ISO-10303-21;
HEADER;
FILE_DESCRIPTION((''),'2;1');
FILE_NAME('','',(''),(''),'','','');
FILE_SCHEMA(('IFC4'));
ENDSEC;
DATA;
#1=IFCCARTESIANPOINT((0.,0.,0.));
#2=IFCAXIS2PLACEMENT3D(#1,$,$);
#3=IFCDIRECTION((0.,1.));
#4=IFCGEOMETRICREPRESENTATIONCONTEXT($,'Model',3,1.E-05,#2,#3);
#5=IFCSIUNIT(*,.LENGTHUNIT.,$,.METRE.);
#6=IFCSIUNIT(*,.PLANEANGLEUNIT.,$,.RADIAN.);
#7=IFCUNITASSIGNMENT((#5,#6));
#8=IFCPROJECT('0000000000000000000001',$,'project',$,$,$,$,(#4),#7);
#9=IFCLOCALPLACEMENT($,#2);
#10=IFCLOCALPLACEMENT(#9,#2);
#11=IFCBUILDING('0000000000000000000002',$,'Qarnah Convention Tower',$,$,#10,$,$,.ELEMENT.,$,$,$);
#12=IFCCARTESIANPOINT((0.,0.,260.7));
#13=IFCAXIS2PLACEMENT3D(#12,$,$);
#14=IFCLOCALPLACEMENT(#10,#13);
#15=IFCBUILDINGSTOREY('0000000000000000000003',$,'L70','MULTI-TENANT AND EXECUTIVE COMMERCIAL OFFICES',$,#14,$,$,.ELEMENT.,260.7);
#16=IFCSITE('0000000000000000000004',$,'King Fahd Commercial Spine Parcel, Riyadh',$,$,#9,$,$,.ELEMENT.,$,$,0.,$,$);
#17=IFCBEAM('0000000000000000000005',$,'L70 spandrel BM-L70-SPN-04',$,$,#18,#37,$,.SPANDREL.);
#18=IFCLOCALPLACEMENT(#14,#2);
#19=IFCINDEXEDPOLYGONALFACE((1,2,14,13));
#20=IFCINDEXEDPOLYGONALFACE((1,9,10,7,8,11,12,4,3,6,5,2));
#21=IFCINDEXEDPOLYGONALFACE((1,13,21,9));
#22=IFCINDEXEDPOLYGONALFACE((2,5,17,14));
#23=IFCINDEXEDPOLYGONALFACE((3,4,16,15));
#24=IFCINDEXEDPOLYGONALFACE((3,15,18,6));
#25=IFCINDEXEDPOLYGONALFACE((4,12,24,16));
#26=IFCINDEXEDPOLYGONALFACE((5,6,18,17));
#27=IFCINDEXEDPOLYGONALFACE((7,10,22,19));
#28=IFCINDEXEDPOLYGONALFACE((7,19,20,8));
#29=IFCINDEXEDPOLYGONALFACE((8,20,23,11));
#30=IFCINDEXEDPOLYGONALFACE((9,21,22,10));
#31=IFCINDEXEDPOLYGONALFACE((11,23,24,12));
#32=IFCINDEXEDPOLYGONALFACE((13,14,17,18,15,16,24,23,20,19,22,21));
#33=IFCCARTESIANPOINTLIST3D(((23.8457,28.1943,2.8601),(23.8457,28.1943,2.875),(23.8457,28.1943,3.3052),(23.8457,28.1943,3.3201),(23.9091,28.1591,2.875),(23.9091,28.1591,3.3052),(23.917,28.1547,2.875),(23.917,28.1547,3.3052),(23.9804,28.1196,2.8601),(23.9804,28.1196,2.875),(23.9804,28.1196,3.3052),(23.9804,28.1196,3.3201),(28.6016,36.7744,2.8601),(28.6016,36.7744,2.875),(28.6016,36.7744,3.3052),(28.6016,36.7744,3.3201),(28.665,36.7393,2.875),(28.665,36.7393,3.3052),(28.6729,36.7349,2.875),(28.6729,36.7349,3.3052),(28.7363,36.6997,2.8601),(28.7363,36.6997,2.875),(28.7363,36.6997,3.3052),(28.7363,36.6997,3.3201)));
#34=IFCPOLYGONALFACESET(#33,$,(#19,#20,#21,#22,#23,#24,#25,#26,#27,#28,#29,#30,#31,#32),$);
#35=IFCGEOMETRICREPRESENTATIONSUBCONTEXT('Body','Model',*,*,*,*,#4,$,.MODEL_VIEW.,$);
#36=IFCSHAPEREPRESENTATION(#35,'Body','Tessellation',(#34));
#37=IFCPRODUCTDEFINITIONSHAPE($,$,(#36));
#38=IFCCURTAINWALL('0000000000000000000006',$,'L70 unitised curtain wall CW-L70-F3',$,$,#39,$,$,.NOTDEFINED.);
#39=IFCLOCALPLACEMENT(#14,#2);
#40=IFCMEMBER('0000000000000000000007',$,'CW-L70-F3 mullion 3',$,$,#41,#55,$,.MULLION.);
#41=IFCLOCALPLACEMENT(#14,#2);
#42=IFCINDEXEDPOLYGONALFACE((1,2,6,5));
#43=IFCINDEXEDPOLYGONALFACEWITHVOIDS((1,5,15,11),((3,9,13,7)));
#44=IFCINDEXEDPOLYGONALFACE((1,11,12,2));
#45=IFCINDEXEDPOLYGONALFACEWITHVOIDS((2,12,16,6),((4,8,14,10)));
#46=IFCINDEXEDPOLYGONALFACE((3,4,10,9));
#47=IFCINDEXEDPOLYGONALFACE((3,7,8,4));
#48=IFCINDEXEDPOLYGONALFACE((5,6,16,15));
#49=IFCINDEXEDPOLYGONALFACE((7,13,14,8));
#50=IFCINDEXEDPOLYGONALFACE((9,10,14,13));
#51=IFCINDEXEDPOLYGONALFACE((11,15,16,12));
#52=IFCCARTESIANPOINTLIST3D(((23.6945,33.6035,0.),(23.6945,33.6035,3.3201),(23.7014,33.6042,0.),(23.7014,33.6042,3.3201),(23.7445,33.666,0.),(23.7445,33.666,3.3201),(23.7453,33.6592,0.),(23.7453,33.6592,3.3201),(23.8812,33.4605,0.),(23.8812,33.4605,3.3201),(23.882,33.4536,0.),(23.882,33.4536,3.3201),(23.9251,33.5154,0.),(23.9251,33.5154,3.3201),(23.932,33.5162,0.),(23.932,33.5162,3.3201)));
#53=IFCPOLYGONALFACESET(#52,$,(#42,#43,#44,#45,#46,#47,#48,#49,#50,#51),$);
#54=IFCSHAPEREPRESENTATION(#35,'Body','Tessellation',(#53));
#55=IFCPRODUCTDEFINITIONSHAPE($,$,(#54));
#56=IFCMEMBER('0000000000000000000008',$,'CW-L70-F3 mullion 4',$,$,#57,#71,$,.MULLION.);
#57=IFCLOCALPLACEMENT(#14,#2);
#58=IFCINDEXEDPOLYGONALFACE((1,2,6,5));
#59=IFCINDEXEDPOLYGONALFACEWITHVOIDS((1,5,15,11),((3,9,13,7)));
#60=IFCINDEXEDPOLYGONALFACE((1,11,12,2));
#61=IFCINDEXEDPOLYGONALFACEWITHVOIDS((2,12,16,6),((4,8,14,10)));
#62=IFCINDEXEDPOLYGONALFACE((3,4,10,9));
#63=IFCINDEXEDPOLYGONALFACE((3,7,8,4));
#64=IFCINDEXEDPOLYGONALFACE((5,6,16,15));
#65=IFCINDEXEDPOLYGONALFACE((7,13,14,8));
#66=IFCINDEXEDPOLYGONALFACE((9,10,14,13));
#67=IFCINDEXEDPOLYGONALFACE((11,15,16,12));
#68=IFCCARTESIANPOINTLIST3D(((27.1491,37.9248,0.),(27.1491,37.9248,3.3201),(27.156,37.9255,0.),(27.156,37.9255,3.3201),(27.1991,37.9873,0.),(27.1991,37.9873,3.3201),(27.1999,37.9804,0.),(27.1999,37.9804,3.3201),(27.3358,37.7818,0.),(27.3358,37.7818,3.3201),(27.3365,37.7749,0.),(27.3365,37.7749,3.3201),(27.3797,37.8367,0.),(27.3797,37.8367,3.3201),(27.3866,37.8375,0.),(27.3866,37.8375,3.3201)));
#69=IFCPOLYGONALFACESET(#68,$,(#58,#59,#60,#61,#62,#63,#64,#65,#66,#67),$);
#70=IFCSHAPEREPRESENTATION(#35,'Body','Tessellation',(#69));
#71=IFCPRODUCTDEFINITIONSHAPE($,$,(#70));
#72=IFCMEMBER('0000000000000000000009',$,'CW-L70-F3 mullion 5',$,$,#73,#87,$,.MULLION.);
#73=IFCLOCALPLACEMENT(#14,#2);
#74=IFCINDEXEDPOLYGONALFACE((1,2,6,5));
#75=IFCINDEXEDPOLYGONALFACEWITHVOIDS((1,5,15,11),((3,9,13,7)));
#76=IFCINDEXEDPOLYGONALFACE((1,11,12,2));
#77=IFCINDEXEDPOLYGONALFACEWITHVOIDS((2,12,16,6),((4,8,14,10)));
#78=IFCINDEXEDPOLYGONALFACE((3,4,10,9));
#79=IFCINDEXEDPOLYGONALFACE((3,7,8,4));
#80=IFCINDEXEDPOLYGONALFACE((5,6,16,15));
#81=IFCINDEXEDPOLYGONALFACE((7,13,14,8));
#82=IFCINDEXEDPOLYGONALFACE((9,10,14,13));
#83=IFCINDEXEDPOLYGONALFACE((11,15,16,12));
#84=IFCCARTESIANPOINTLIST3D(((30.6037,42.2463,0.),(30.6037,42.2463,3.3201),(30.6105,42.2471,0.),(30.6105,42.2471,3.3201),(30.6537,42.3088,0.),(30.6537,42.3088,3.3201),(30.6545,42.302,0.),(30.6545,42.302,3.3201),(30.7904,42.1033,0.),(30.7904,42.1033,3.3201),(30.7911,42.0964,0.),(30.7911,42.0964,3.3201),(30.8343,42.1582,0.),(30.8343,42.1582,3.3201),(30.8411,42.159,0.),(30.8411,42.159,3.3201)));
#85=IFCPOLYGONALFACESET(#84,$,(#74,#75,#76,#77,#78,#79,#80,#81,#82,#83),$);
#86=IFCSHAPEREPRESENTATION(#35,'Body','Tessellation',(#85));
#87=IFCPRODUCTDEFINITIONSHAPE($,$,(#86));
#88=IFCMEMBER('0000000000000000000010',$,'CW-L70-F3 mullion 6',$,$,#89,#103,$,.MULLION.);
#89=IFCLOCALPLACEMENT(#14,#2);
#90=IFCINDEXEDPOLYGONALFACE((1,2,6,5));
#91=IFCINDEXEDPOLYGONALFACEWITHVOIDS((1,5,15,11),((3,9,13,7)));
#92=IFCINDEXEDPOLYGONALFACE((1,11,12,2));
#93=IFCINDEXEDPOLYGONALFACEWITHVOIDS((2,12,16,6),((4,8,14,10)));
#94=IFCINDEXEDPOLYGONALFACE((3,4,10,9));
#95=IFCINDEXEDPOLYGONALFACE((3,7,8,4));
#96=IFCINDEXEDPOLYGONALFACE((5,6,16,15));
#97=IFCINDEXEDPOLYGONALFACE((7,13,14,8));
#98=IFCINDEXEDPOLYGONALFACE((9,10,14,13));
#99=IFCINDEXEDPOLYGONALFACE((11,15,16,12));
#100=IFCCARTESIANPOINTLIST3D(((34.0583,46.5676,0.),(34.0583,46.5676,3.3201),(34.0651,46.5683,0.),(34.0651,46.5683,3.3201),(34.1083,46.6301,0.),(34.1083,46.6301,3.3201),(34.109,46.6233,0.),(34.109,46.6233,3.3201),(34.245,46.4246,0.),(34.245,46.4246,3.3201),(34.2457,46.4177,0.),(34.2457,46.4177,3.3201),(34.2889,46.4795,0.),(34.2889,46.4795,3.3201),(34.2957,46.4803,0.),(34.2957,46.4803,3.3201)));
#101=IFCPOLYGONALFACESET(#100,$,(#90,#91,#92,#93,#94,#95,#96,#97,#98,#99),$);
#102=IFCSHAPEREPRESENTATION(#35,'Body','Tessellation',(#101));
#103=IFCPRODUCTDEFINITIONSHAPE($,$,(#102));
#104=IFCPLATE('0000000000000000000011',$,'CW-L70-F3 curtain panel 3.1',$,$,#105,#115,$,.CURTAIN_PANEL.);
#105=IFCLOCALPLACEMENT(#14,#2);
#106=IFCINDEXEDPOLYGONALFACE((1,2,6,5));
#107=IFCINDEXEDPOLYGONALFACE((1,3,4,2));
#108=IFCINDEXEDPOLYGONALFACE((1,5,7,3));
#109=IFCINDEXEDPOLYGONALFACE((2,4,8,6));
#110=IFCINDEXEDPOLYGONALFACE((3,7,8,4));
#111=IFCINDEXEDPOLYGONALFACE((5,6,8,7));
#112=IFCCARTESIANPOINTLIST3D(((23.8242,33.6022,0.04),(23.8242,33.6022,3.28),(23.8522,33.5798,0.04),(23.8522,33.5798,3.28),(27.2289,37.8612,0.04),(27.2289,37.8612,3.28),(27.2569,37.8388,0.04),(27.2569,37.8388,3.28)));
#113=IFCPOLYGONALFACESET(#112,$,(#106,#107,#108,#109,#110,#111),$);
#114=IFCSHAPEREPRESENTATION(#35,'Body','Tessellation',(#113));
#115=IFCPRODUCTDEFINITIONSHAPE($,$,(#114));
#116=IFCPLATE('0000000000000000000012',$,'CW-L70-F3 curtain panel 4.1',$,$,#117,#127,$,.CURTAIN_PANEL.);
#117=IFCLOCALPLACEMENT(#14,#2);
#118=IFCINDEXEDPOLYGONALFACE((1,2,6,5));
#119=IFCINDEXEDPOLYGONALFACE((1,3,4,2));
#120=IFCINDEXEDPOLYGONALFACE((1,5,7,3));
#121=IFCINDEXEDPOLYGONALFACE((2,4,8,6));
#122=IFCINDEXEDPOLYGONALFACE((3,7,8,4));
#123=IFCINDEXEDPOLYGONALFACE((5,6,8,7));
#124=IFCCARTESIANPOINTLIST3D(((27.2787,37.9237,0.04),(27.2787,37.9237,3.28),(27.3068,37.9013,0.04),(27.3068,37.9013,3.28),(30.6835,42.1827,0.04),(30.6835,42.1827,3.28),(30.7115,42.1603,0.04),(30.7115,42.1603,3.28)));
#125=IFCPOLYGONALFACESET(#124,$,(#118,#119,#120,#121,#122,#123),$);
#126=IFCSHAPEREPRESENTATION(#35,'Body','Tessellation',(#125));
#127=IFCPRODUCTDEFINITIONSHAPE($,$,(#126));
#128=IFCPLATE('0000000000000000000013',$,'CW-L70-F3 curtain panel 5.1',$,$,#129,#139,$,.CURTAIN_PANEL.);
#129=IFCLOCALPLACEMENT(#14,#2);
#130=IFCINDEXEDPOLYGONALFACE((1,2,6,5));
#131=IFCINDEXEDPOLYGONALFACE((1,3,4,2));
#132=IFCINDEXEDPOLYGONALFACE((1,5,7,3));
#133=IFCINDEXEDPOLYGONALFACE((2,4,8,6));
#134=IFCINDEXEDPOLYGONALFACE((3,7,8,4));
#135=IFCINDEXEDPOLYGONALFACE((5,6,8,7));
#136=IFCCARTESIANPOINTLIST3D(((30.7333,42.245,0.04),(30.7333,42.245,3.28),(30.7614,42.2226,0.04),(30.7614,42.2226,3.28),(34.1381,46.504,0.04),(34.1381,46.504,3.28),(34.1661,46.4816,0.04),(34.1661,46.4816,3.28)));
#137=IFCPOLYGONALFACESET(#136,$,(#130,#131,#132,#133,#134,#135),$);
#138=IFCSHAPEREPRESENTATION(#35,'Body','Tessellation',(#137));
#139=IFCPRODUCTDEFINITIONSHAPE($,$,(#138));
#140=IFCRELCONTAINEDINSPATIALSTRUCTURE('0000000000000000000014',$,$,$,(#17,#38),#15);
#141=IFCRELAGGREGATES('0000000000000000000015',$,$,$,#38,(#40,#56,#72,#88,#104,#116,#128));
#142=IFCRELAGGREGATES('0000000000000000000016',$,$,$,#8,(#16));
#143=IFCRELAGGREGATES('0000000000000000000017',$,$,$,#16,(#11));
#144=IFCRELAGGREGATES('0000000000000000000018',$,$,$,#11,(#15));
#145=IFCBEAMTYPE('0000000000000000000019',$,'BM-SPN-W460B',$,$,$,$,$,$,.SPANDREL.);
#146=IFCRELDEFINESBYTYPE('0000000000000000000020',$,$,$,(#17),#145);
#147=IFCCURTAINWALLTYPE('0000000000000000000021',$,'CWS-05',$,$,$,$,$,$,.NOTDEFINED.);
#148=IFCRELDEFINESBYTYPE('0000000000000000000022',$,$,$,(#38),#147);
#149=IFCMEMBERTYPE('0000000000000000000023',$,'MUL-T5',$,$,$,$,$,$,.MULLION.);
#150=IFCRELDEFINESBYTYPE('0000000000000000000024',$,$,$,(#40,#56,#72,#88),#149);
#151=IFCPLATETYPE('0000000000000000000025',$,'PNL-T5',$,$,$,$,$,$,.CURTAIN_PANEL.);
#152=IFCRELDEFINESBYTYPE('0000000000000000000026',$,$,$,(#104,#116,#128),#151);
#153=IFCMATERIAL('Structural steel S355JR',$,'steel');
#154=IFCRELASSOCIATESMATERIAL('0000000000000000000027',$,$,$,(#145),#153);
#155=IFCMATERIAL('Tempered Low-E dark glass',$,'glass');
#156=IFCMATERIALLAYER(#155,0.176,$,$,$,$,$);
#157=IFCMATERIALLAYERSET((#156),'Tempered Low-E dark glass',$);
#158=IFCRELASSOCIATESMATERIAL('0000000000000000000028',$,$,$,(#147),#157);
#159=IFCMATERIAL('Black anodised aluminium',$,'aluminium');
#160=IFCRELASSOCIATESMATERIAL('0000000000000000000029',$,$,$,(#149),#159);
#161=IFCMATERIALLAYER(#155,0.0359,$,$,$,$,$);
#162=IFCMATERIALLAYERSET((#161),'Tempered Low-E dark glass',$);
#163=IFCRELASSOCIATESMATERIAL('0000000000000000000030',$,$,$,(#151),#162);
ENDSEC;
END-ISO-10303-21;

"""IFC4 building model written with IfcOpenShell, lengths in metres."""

from ifc_helpers import new_model, si_unit, direction, frame, origin, origin_2d, place, context, subcontext, project, spatial, rectangle, hollow_rectangle, i_section, extrude, material, layer, layer_set, material_profile, profile_set, type_object, element, aggregate, save


model = new_model("IFC4")

# Units and contexts
model_context = context("Model", 3, precision=1e-05, world=origin(), true_north=direction((0.0, 1.0)))
body_context = subcontext(model_context, "Body", "Model", "MODEL_VIEW")
ifc_project = project(units=[si_unit("LENGTHUNIT", "METRE"), si_unit("PLANEANGLEUNIT", "RADIAN")], contexts=[model_context])

# Site, building, storey
site_placement = place(None, origin())
site = spatial("IfcSite", under=ifc_project, at=site_placement, Name="King Fahd Commercial Spine Parcel, Riyadh", CompositionType="ELEMENT", RefElevation=0.0)
building_placement = place(site_placement, origin())
building = spatial("IfcBuilding", under=site, at=building_placement, Name="Qarnah Convention Tower", CompositionType="ELEMENT")
storey_placement = place(building_placement, frame((0.0, 0.0, 260.7)))
storey = spatial("IfcBuildingStorey", under=building, at=storey_placement, Name="L70", Description="MULTI-TENANT AND EXECUTIVE COMMERCIAL OFFICES", CompositionType="ELEMENT", Elevation=260.7)

# Beam
ifc_material_1 = material(Name="Structural steel S355JR", Category="steel")
ifc_material_profile_1 = material_profile(ifc_material_1, i_section(OverallWidth=0.1541, OverallDepth=0.46, WebThickness=0.009, FlangeThickness=0.0149, at=origin_2d()), Name="W460X68")
ifc_profile_set_1 = profile_set([ifc_material_profile_1], Name="Structural steel S355JR")
beam_type_1 = type_object("IfcBeamType", Name="BM-SPN-W460B", PredefinedType="SPANDREL", material=ifc_profile_set_1)
beam_1_placement = place(storey_placement, frame((28.6689, 36.7371, 3.0901), z_axis=(-0.484797, -0.874626, 0.0), x_axis=(0.874626, -0.484797, 0.0)))
element("IfcBeam", 1, at=beam_1_placement, inside=storey, type_object=beam_type_1, Name="L70 spandrel BM-L70-SPN-04", PredefinedType="SPANDREL", context=body_context, shape_type="SweptSolid", body=[
    extrude(i_section(OverallWidth=0.1541, OverallDepth=0.46, WebThickness=0.009, FlangeThickness=0.0149, at=origin_2d()), origin(), (0.0, 0.0, 1.0), 9.8101),
])

# Curtain wall, members, plates
ifc_material_2 = material(Name="Tempered Low-E dark glass", Category="glass")
ifc_layer_1 = layer(ifc_material_2, 0.176)
ifc_layer_set_1 = layer_set([ifc_layer_1], Name="Tempered Low-E dark glass")
curtain_wall_type = type_object("IfcCurtainWallType", Name="CWS-05", PredefinedType="NOTDEFINED", material=ifc_layer_set_1)
curtain_wall_placement = place(storey_placement, origin())
curtain_wall = element("IfcCurtainWall", 2, at=curtain_wall_placement, inside=storey, type_object=curtain_wall_type, Name="L70 unitised curtain wall CW-L70-F3", PredefinedType="NOTDEFINED")
ifc_material_3 = material(Name="Black anodised aluminium", Category="aluminium")
ifc_material_profile_2 = material_profile(ifc_material_3, hollow_rectangle(XDim=0.0801, YDim=0.24, WallThickness=0.0049, at=origin_2d()), Name="MUL-80X240")
ifc_profile_set_2 = profile_set([ifc_material_profile_2], Name="Black anodised aluminium")
member_type = type_object("IfcMemberType", Name="MUL-T5", PredefinedType="MULLION", material=ifc_profile_set_2)
member_1_placement = place(storey_placement, frame((23.8132, 33.5598, 0.0), z_axis=(0.0, 0.0, 1.0), x_axis=(0.624417, 0.781091, 0.0)))
member_1 = element("IfcMember", 3, at=member_1_placement, type_object=member_type, Name="CW-L70-F3 mullion 3", PredefinedType="MULLION", context=body_context, shape_type="SweptSolid", body=[
    extrude(hollow_rectangle(XDim=0.0801, YDim=0.24, WallThickness=0.0049, at=origin_2d()), origin(), (0.0, 0.0, 1.0), 3.3201),
])
member_2_placement = place(storey_placement, frame((27.2678, 37.8811, 0.0), z_axis=(0.0, 0.0, 1.0), x_axis=(0.624417, 0.781091, 0.0)))
member_2 = element("IfcMember", 4, at=member_2_placement, type_object=member_type, Name="CW-L70-F3 mullion 4", PredefinedType="MULLION", context=body_context, shape_type="SweptSolid", body=[
    extrude(hollow_rectangle(XDim=0.0801, YDim=0.24, WallThickness=0.0049, at=origin_2d()), origin(), (0.0, 0.0, 1.0), 3.3201),
])
member_3_placement = place(storey_placement, frame((30.7224, 42.2026, 0.0), z_axis=(0.0, 0.0, 1.0), x_axis=(0.624417, 0.781091, 0.0)))
member_3 = element("IfcMember", 5, at=member_3_placement, type_object=member_type, Name="CW-L70-F3 mullion 5", PredefinedType="MULLION", context=body_context, shape_type="SweptSolid", body=[
    extrude(hollow_rectangle(XDim=0.0801, YDim=0.24, WallThickness=0.0049, at=origin_2d()), origin(), (0.0, 0.0, 1.0), 3.3201),
])
member_4_placement = place(storey_placement, frame((34.177, 46.5239, 0.0), z_axis=(0.0, 0.0, 1.0), x_axis=(0.624417, 0.781091, 0.0)))
member_4 = element("IfcMember", 6, at=member_4_placement, type_object=member_type, Name="CW-L70-F3 mullion 6", PredefinedType="MULLION", context=body_context, shape_type="SweptSolid", body=[
    extrude(hollow_rectangle(XDim=0.0801, YDim=0.24, WallThickness=0.0049, at=origin_2d()), origin(), (0.0, 0.0, 1.0), 3.3201),
])
ifc_layer_2 = layer(ifc_material_2, 0.0359)
ifc_layer_set_2 = layer_set([ifc_layer_2], Name="Tempered Low-E dark glass")
plate_type = type_object("IfcPlateType", Name="PNL-T5", PredefinedType="CURTAIN_PANEL", material=ifc_layer_set_2)
plate_1_placement = place(storey_placement, frame((25.5405, 35.7205, 0.04), z_axis=(0.0, 0.0, 1.0), x_axis=(0.624417, 0.781091, 0.0)))
plate_1 = element("IfcPlate", 7, at=plate_1_placement, type_object=plate_type, Name="CW-L70-F3 curtain panel 3.1", PredefinedType="CURTAIN_PANEL", context=body_context, shape_type="SweptSolid", body=[
    extrude(rectangle(XDim=5.4526, YDim=0.0359, at=origin_2d()), origin(), (0.0, 0.0, 1.0), 3.24),
])
plate_2_placement = place(storey_placement, frame((28.9951, 40.042, 0.04), z_axis=(0.0, 0.0, 1.0), x_axis=(0.624417, 0.781091, 0.0)))
plate_2 = element("IfcPlate", 8, at=plate_2_placement, type_object=plate_type, Name="CW-L70-F3 curtain panel 4.1", PredefinedType="CURTAIN_PANEL", context=body_context, shape_type="SweptSolid", body=[
    extrude(rectangle(XDim=5.4526, YDim=0.0359, at=origin_2d()), origin(), (0.0, 0.0, 1.0), 3.24),
])
plate_3_placement = place(storey_placement, frame((32.4497, 44.3633, 0.04), z_axis=(0.0, 0.0, 1.0), x_axis=(0.624417, 0.781091, 0.0)))
plate_3 = element("IfcPlate", 9, at=plate_3_placement, type_object=plate_type, Name="CW-L70-F3 curtain panel 5.1", PredefinedType="CURTAIN_PANEL", context=body_context, shape_type="SweptSolid", body=[
    extrude(rectangle(XDim=5.4526, YDim=0.0359, at=origin_2d()), origin(), (0.0, 0.0, 1.0), 3.24),
])
aggregate(curtain_wall, [member_1, member_2, member_3, member_4, plate_1, plate_2, plate_3])

save(model, "model.ifc")
